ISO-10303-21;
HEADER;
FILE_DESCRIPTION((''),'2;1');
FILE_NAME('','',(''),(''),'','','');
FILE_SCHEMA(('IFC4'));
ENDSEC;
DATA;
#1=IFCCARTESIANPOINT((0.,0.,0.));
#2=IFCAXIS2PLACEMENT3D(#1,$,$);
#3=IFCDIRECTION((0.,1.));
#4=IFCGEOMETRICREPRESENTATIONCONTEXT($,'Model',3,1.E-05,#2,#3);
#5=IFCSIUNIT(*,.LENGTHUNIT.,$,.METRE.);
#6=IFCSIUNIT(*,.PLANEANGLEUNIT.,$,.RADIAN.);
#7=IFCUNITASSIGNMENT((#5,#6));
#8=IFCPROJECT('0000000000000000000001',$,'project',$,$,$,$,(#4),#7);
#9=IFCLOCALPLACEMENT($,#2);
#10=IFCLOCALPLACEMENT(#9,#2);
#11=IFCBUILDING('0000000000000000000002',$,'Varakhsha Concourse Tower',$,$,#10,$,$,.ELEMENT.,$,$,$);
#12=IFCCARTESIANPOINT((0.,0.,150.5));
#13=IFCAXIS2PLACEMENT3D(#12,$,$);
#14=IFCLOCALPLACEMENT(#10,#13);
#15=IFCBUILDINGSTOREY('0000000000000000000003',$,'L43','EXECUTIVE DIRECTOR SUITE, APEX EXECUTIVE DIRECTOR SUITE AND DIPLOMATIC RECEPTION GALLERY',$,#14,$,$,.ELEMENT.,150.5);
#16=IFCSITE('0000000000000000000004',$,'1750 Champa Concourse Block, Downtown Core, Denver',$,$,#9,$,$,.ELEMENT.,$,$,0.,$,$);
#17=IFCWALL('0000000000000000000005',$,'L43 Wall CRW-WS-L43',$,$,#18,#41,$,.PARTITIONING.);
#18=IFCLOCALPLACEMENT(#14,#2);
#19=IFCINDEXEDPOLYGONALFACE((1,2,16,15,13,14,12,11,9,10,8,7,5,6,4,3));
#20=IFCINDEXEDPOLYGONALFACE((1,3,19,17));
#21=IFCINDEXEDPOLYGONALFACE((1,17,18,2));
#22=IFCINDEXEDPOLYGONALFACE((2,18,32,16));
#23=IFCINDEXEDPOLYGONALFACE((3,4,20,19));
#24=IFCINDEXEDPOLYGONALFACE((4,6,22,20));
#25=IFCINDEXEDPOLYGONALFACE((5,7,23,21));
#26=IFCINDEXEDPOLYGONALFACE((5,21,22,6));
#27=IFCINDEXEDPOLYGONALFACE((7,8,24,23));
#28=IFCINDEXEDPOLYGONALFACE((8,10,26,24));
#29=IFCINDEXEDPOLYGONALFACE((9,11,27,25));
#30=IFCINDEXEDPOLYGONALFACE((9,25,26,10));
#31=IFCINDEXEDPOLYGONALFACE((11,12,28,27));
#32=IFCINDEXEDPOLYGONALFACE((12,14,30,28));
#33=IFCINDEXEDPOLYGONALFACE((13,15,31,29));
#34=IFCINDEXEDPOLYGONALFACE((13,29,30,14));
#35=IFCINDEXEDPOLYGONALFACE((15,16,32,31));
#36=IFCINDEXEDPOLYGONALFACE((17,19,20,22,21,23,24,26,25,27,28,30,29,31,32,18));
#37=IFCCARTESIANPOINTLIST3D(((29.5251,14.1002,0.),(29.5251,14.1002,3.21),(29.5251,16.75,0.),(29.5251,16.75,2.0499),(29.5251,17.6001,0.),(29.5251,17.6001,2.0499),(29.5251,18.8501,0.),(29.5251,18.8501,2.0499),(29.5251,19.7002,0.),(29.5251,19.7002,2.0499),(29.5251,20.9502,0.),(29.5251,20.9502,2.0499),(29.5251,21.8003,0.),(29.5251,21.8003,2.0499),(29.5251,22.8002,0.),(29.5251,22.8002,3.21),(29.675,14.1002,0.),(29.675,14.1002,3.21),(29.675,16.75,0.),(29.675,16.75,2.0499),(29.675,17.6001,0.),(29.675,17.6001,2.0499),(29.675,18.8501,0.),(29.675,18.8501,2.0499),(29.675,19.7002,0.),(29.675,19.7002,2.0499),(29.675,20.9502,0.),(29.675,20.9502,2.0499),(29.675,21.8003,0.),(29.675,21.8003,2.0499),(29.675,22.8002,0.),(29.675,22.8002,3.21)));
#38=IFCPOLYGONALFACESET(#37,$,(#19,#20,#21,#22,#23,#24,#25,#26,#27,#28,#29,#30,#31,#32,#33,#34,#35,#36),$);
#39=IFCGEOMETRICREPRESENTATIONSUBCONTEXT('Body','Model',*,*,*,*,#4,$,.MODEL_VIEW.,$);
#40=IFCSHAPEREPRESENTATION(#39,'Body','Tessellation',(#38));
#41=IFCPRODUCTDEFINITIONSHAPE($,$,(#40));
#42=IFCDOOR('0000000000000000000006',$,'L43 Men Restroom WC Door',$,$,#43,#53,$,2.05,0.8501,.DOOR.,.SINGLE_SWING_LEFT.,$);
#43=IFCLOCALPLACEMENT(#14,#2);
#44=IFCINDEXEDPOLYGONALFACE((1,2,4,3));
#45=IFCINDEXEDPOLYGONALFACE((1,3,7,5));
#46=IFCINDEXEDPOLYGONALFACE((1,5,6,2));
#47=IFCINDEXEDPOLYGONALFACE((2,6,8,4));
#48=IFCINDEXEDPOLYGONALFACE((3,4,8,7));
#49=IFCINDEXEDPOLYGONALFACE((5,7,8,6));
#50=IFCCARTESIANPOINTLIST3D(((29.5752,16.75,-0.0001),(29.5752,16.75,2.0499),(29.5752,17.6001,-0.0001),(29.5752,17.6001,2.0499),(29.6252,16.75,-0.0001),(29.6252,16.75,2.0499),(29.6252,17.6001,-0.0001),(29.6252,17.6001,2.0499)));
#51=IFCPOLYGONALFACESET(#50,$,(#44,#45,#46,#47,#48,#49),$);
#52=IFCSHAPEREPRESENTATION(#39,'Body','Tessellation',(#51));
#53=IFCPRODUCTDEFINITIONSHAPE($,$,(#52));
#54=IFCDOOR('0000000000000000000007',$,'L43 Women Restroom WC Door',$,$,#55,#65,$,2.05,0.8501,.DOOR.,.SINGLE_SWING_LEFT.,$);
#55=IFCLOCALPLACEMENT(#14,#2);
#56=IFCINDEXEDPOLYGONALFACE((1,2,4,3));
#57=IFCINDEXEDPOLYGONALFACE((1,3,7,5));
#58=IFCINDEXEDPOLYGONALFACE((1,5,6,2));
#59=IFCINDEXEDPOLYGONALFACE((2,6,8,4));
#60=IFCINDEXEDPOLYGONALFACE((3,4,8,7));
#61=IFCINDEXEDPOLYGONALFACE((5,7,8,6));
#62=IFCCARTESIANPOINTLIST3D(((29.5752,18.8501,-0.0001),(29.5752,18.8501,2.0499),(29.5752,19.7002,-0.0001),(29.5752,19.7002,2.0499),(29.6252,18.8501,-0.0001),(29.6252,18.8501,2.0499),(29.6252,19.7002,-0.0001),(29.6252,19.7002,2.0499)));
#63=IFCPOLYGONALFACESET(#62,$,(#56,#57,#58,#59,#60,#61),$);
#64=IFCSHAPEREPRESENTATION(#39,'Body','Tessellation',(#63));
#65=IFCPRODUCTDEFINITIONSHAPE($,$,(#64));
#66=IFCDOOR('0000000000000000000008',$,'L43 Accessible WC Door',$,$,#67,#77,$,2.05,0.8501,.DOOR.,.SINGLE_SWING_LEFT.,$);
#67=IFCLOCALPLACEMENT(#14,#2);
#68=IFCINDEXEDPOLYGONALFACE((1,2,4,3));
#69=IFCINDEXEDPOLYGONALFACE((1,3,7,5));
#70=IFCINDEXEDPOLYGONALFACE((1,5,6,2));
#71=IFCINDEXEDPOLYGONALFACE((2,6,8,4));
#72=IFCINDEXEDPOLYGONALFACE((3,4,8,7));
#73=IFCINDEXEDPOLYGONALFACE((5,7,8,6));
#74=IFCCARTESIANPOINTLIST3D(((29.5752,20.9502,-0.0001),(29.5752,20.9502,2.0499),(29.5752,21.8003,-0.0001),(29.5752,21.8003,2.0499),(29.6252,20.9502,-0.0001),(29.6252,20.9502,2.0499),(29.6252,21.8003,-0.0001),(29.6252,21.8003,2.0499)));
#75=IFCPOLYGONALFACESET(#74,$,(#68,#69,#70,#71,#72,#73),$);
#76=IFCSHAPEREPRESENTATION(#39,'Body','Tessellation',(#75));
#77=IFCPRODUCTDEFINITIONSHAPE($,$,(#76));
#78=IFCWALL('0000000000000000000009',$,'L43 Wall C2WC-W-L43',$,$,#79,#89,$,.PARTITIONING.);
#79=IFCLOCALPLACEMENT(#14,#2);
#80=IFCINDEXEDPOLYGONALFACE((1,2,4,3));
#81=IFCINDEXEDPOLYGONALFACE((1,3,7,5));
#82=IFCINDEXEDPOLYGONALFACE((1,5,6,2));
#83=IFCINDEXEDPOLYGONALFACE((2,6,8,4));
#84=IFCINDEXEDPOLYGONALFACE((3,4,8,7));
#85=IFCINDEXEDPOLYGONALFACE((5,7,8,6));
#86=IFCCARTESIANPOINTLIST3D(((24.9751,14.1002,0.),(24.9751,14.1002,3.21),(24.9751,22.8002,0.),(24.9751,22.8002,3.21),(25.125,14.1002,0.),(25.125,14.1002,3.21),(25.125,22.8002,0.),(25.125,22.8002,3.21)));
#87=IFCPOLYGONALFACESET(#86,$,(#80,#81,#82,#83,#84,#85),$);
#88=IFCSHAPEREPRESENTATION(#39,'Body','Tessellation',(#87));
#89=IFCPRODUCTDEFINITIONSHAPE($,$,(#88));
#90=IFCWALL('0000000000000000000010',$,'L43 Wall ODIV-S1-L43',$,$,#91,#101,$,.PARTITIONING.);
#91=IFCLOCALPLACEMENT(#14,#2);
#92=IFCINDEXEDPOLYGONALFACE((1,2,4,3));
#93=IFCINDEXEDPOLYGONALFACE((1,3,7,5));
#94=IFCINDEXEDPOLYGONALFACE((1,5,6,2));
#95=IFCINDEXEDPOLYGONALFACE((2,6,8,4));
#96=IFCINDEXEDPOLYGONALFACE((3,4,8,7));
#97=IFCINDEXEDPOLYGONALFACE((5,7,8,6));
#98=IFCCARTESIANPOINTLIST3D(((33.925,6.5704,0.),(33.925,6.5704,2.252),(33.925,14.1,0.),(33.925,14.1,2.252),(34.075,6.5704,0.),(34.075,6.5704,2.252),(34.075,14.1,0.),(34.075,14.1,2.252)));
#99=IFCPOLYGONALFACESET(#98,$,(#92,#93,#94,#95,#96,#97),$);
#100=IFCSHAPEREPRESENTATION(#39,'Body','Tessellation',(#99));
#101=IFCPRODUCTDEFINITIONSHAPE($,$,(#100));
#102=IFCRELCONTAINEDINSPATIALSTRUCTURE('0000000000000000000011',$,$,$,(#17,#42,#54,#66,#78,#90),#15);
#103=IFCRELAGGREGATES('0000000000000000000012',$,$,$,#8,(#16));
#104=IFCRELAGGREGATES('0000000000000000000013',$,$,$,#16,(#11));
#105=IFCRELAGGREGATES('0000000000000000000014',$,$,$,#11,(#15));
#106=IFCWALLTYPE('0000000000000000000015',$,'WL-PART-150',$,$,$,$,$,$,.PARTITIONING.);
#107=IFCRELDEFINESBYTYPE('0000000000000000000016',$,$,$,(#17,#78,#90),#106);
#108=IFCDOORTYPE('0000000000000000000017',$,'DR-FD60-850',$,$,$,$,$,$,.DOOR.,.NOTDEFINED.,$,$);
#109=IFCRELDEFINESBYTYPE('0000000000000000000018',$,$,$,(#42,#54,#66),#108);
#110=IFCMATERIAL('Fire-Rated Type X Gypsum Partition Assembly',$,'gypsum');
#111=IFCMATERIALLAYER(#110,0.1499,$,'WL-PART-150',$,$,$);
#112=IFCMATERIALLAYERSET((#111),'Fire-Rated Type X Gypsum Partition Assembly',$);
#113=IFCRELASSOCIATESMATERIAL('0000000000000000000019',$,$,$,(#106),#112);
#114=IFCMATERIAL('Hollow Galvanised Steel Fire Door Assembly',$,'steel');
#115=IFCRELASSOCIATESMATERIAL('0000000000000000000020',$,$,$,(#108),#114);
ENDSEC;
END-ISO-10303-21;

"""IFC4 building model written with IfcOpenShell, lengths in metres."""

from ifc_helpers import new_model, si_unit, direction, frame, frame_2d, origin, place, context, subcontext, project, spatial, rectangle, extrude, material, layer, layer_set, type_object, element, fill, save


model = new_model("IFC4")

# Units and contexts
model_context = context("Model", 3, precision=1e-05, world=origin(), true_north=direction((0.0, 1.0)))
body_context = subcontext(model_context, "Body", "Model", "MODEL_VIEW")
ifc_project = project(units=[si_unit("LENGTHUNIT", "METRE"), si_unit("PLANEANGLEUNIT", "RADIAN")], contexts=[model_context])

# Site, building, storey
site_placement = place(None, origin())
site = spatial("IfcSite", under=ifc_project, at=site_placement, Name="1750 Champa Concourse Block, Downtown Core, Denver", CompositionType="ELEMENT", RefElevation=0.0)
building_placement = place(site_placement, origin())
building = spatial("IfcBuilding", under=site, at=building_placement, Name="Varakhsha Concourse Tower", CompositionType="ELEMENT")
storey_placement = place(building_placement, frame((0.0, 0.0, 150.5)))
storey = spatial("IfcBuildingStorey", under=building, at=storey_placement, Name="L43", Description="EXECUTIVE DIRECTOR SUITE, APEX EXECUTIVE DIRECTOR SUITE AND DIPLOMATIC RECEPTION GALLERY", CompositionType="ELEMENT", Elevation=150.5)

# Wall, openings, doors
ifc_material_1 = material(Name="Fire-Rated Type X Gypsum Partition Assembly", Category="gypsum")
ifc_layer_1 = layer(ifc_material_1, 0.1499, Name="WL-PART-150")
ifc_layer_set_1 = layer_set([ifc_layer_1], Name="Fire-Rated Type X Gypsum Partition Assembly")
wall_type = type_object("IfcWallType", Name="WL-PART-150", PredefinedType="PARTITIONING", material=ifc_layer_set_1)
ifc_material_2 = material(Name="Hollow Galvanised Steel Fire Door Assembly", Category="steel")
wall_1_placement = place(storey_placement, frame((29.6001, 14.1001, 0.0), z_axis=(0.0, 0.0, 1.0), x_axis=(0.0, 1.0, 0.0)))
wall_1 = element("IfcWall", 1, at=wall_1_placement, inside=storey, type_object=wall_type, Name="L43 Wall CRW-WS-L43", PredefinedType="PARTITIONING", context=body_context, shape_type="SweptSolid", body=[
    extrude(rectangle(XDim=8.7, YDim=0.1499, at=frame_2d((4.3501, 0.0))), origin(), (0.0, 0.0, 1.0), 3.21),
])
opening_1_placement = place(wall_1_placement, frame((2.6499, 0.0, 0.0)))
opening_1 = element("IfcOpeningElement", 2, at=opening_1_placement, cuts=wall_1, PredefinedType="OPENING", context=body_context, shape_type="SweptSolid", body=[
    extrude(rectangle(XDim=0.8501, YDim=2.05, at=frame_2d((0.425, 1.0249))), frame((0.0, 0.085, 0.0), z_axis=(0.0, -1.0, 0.0), x_axis=(1.0, 0.0, 0.0)), (0.0, 0.0, 1.0), 0.1699),
])
opening_2_placement = place(wall_1_placement, frame((4.75, 0.0, 0.0)))
opening_2 = element("IfcOpeningElement", 3, at=opening_2_placement, cuts=wall_1, PredefinedType="OPENING", context=body_context, shape_type="SweptSolid", body=[
    extrude(rectangle(XDim=0.8501, YDim=2.05, at=frame_2d((0.425, 1.0249))), frame((0.0, 0.085, 0.0), z_axis=(0.0, -1.0, 0.0), x_axis=(1.0, 0.0, 0.0)), (0.0, 0.0, 1.0), 0.1699),
])
opening_3_placement = place(wall_1_placement, frame((6.8501, 0.0, 0.0)))
opening_3 = element("IfcOpeningElement", 4, at=opening_3_placement, cuts=wall_1, PredefinedType="OPENING", context=body_context, shape_type="SweptSolid", body=[
    extrude(rectangle(XDim=0.8501, YDim=2.05, at=frame_2d((0.425, 1.0249))), frame((0.0, 0.085, 0.0), z_axis=(0.0, -1.0, 0.0), x_axis=(1.0, 0.0, 0.0)), (0.0, 0.0, 1.0), 0.1699),
])
door_type_1 = type_object("IfcDoorType", Name="DR-FD60-850", OperationType="NOTDEFINED", PredefinedType="DOOR", material=ifc_material_2)
door_1_placement = place(opening_1_placement, origin())
door_1 = element("IfcDoor", 5, at=door_1_placement, inside=storey, type_object=door_type_1, Name="L43 Men Restroom WC Door", OperationType="SINGLE_SWING_LEFT", OverallHeight=2.05, OverallWidth=0.8501, PredefinedType="DOOR", context=body_context, shape_type="SweptSolid", body=[
    extrude(rectangle(XDim=0.8501, YDim=2.05, at=frame_2d((0.425, 1.0249))), frame((0.0, 0.0249, 0.0), z_axis=(0.0, -1.0, 0.0), x_axis=(1.0, 0.0, 0.0)), (0.0, 0.0, 1.0), 0.05),
])
fill(opening_1, door_1)
door_2_placement = place(opening_2_placement, origin())
door_2 = element("IfcDoor", 6, at=door_2_placement, inside=storey, type_object=door_type_1, Name="L43 Women Restroom WC Door", OperationType="SINGLE_SWING_LEFT", OverallHeight=2.05, OverallWidth=0.8501, PredefinedType="DOOR", context=body_context, shape_type="SweptSolid", body=[
    extrude(rectangle(XDim=0.8501, YDim=2.05, at=frame_2d((0.425, 1.0249))), frame((0.0, 0.0249, 0.0), z_axis=(0.0, -1.0, 0.0), x_axis=(1.0, 0.0, 0.0)), (0.0, 0.0, 1.0), 0.05),
])
fill(opening_2, door_2)
door_3_placement = place(opening_3_placement, origin())
door_3 = element("IfcDoor", 7, at=door_3_placement, inside=storey, type_object=door_type_1, Name="L43 Accessible WC Door", OperationType="SINGLE_SWING_LEFT", OverallHeight=2.05, OverallWidth=0.8501, PredefinedType="DOOR", context=body_context, shape_type="SweptSolid", body=[
    extrude(rectangle(XDim=0.8501, YDim=2.05, at=frame_2d((0.425, 1.0249))), frame((0.0, 0.0249, 0.0), z_axis=(0.0, -1.0, 0.0), x_axis=(1.0, 0.0, 0.0)), (0.0, 0.0, 1.0), 0.05),
])
fill(opening_3, door_3)

# Walls
wall_2_placement = place(storey_placement, frame((25.05, 14.1001, 0.0), z_axis=(0.0, 0.0, 1.0), x_axis=(0.0, 1.0, 0.0)))
element("IfcWall", 8, at=wall_2_placement, inside=storey, type_object=wall_type, Name="L43 Wall C2WC-W-L43", PredefinedType="PARTITIONING", context=body_context, shape_type="SweptSolid", body=[
    extrude(rectangle(XDim=8.7, YDim=0.1499, at=frame_2d((4.3501, 0.0))), origin(), (0.0, 0.0, 1.0), 3.21),
])
wall_3_placement = place(storey_placement, frame((34.0, 6.5706, 0.0), z_axis=(0.0, 0.0, 1.0), x_axis=(0.0, 1.0, 0.0)))
element("IfcWall", 9, at=wall_3_placement, inside=storey, type_object=wall_type, Name="L43 Wall ODIV-S1-L43", PredefinedType="PARTITIONING", context=body_context, shape_type="SweptSolid", body=[
    extrude(rectangle(XDim=7.5295, YDim=0.1499, at=frame_2d((3.7646, 0.0))), origin(), (0.0, 0.0, 1.0), 2.252),
])

save(model, "model.ifc")
